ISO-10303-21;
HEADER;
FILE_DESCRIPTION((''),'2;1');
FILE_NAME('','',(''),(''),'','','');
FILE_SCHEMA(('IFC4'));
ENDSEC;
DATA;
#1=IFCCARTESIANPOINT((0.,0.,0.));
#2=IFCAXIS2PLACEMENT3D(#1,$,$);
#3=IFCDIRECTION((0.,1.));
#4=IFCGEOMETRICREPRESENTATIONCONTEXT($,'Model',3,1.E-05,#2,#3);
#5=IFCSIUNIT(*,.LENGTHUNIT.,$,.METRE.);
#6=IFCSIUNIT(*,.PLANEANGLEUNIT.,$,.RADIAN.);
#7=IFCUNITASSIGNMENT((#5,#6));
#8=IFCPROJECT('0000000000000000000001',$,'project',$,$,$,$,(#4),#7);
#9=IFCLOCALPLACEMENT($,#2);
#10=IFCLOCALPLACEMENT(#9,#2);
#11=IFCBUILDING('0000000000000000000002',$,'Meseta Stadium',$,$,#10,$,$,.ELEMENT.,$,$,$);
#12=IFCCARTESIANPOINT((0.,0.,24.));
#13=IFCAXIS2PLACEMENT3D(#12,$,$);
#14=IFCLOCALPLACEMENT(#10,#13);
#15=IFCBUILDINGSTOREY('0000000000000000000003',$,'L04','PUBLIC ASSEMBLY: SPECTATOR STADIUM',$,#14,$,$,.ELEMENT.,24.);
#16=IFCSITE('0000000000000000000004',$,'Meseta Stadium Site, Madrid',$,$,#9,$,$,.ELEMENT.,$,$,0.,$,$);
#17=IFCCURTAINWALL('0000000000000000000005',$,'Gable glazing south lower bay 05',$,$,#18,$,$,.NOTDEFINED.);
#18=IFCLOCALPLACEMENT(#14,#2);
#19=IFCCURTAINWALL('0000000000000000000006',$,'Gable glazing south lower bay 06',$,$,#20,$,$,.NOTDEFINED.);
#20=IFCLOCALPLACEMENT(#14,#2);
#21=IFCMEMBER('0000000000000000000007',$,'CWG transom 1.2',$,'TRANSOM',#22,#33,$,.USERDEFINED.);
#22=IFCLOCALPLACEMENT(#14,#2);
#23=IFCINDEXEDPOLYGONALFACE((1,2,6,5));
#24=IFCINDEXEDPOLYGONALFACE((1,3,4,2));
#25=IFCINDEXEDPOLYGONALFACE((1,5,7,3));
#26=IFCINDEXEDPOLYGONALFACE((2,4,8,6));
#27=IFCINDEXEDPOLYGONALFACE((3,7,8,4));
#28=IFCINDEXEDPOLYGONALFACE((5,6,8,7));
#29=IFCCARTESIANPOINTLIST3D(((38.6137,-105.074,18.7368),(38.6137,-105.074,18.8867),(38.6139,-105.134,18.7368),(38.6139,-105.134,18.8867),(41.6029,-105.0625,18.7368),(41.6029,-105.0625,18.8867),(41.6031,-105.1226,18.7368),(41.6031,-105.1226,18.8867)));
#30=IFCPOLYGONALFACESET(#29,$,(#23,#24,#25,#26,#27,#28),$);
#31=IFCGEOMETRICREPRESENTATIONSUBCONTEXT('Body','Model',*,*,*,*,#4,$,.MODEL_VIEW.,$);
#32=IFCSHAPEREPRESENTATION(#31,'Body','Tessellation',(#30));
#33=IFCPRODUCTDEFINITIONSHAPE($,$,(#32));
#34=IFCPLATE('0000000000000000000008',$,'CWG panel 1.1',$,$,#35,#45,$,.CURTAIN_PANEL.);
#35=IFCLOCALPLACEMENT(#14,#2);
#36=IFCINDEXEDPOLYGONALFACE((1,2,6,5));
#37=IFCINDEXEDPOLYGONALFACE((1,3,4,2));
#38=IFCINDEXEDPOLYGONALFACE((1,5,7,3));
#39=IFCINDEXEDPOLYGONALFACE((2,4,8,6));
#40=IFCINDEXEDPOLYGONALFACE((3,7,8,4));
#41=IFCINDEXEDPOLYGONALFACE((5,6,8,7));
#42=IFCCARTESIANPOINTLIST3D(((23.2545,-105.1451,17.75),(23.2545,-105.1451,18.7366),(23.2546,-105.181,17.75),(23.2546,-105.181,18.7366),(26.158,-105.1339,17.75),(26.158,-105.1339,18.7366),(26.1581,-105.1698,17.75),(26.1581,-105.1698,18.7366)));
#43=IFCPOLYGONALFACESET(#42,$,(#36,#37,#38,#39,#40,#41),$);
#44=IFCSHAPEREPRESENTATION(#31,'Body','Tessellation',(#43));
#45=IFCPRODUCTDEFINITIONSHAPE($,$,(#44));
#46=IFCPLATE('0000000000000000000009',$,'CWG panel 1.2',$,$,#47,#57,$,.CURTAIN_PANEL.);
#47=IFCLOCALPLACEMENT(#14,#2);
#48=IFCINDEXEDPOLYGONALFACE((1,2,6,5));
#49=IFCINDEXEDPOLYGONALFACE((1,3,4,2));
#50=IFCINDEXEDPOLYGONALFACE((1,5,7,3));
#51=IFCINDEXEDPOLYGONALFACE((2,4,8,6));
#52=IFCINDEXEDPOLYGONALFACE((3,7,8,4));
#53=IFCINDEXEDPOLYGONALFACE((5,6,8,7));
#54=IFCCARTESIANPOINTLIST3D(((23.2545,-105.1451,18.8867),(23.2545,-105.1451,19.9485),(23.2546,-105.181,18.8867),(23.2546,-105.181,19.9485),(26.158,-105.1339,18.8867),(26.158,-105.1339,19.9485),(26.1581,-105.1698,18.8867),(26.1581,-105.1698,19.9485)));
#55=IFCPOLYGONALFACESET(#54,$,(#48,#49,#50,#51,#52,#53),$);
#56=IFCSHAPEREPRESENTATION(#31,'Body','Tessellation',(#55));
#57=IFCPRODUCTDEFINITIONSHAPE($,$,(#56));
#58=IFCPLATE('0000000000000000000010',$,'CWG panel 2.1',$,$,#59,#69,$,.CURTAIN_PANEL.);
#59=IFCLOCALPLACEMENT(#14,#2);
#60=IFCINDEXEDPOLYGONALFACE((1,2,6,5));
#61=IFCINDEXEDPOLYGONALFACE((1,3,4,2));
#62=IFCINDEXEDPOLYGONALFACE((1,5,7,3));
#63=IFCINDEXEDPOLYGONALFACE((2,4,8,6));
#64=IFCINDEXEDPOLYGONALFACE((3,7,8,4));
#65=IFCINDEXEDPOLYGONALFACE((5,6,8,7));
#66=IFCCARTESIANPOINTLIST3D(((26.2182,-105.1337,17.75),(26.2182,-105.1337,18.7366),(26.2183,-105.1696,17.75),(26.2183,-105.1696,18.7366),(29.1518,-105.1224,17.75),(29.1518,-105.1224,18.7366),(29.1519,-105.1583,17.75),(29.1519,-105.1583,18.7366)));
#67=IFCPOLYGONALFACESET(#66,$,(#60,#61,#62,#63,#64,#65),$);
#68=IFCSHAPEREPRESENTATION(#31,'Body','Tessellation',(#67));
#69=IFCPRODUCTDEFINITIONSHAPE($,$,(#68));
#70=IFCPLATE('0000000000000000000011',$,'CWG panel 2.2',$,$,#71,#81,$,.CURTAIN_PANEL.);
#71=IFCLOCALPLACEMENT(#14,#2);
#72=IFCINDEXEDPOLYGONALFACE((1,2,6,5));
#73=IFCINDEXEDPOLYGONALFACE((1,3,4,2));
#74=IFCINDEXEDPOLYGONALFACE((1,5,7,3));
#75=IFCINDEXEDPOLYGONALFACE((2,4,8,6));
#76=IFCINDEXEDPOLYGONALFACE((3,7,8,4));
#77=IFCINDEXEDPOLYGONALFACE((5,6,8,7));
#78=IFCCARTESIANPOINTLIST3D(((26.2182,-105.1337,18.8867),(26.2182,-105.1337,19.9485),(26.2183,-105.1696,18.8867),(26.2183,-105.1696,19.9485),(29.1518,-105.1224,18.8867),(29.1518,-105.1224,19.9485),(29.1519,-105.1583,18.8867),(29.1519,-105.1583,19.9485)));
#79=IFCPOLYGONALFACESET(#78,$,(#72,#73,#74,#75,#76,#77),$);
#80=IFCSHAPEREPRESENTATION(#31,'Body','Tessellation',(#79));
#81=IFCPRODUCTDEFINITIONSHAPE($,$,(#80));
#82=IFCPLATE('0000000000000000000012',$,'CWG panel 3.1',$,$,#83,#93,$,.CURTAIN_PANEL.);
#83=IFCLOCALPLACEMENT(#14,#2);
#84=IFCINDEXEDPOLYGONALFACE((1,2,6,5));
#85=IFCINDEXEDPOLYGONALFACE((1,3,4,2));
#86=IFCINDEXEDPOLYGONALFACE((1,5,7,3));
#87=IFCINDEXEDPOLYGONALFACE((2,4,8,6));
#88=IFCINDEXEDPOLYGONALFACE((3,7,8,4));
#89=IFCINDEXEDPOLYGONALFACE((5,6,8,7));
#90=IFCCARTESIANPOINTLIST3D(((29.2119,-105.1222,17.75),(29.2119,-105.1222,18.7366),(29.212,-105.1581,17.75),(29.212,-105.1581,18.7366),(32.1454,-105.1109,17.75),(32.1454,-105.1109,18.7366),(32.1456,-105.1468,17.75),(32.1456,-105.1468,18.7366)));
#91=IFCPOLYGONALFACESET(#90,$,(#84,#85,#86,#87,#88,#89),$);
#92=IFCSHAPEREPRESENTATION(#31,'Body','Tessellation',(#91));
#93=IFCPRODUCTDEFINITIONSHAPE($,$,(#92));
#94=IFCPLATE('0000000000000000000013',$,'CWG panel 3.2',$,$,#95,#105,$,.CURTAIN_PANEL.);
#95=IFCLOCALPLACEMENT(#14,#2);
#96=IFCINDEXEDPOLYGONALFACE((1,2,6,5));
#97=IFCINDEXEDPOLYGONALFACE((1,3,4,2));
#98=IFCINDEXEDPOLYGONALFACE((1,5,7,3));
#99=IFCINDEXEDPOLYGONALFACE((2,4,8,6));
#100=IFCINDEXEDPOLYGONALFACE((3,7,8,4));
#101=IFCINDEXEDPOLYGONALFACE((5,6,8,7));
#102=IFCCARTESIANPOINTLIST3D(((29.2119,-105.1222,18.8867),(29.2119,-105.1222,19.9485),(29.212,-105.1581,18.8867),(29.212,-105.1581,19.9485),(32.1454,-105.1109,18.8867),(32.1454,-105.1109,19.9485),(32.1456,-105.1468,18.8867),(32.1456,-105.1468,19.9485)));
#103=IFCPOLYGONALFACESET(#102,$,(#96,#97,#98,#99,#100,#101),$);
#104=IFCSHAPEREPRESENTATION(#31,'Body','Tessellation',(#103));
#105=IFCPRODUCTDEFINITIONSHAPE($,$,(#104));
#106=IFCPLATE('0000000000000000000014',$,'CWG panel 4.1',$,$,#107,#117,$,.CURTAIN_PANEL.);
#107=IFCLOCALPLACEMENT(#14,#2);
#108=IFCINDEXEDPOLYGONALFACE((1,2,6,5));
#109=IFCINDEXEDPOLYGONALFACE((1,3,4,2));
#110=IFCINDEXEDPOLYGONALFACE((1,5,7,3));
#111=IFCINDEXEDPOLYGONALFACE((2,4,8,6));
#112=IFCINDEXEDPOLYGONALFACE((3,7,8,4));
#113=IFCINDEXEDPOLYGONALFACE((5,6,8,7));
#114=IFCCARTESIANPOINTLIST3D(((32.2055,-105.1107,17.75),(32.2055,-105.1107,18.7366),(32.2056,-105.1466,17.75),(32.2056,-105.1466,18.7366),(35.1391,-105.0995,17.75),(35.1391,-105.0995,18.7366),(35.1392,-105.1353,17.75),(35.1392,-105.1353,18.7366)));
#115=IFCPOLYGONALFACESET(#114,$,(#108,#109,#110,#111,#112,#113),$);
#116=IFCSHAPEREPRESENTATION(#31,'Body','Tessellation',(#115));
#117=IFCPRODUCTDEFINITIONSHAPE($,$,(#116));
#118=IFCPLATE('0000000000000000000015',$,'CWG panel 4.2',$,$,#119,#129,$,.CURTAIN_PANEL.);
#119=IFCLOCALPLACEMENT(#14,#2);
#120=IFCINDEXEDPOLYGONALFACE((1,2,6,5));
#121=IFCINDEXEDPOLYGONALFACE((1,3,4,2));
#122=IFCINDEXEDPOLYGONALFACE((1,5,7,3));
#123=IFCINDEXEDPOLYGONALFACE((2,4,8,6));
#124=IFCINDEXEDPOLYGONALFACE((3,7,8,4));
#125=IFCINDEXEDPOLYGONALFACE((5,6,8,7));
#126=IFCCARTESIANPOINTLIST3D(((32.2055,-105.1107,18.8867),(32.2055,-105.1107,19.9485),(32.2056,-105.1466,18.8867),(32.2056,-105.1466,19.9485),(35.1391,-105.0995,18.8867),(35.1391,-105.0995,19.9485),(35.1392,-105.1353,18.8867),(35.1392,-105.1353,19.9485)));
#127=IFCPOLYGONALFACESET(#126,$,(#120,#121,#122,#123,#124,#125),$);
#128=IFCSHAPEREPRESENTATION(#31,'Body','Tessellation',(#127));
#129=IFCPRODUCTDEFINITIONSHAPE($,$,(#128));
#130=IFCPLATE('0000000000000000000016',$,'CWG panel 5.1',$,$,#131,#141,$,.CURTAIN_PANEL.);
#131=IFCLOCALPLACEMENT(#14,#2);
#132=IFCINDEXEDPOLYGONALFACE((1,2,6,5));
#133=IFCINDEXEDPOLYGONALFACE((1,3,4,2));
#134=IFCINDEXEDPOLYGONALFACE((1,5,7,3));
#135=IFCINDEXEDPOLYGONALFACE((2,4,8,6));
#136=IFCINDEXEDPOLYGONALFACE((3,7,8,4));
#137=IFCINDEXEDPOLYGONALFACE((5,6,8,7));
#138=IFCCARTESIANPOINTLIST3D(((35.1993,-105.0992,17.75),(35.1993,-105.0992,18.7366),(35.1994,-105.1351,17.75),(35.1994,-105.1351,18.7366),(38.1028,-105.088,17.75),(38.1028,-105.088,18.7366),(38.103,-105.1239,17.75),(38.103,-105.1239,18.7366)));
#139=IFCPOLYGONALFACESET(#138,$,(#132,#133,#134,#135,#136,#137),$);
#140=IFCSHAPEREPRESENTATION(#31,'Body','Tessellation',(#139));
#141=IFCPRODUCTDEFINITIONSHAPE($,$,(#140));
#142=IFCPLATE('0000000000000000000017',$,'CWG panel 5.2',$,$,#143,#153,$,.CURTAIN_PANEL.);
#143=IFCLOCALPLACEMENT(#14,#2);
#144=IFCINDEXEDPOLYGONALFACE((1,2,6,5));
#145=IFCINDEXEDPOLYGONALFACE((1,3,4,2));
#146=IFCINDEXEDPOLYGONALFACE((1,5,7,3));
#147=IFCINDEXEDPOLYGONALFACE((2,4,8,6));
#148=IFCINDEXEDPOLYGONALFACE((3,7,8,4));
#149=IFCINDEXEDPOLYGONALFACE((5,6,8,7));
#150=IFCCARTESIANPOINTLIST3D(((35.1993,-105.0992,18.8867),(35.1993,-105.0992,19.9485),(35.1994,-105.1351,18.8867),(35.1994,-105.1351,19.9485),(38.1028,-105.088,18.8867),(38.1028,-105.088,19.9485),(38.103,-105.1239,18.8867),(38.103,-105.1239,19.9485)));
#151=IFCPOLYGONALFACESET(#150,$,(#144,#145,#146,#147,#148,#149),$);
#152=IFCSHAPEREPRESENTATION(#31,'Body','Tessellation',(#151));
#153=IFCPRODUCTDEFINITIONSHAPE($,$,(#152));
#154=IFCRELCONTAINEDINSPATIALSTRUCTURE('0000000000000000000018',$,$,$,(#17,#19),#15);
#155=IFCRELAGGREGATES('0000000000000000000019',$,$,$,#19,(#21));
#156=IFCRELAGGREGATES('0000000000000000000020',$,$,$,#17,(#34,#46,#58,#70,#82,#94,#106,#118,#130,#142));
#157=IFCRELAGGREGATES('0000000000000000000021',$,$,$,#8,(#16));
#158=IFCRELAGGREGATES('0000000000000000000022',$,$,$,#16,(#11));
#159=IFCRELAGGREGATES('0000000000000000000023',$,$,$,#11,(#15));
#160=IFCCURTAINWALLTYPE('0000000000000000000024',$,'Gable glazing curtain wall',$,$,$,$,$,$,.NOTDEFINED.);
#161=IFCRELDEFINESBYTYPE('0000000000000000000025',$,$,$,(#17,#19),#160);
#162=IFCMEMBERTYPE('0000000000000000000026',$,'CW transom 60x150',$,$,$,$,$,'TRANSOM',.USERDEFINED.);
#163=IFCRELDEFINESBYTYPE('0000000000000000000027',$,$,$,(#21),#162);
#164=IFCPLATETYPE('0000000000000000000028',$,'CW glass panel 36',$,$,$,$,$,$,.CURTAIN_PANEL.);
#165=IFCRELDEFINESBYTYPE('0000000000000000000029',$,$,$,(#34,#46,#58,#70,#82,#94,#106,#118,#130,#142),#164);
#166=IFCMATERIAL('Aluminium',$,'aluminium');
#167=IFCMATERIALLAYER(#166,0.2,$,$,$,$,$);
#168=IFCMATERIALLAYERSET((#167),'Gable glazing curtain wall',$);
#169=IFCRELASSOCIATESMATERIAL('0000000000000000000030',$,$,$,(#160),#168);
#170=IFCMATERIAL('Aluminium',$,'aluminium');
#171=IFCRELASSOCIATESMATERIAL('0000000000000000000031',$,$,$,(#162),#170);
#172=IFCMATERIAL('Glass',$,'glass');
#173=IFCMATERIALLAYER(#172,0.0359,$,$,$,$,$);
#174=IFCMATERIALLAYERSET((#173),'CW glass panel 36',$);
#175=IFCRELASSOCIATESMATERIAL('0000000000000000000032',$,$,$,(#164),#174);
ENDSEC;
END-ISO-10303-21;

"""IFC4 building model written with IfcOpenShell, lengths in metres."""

from ifc_helpers import new_model, si_unit, direction, frame, origin, origin_2d, place, context, subcontext, project, spatial, rectangle, extrude, material, layer, layer_set, material_profile, profile_set, type_object, element, aggregate, save


model = new_model("IFC4")

# Units and contexts
model_context = context("Model", 3, precision=1e-05, world=origin(), true_north=direction((0.0, 1.0)))
body_context = subcontext(model_context, "Body", "Model", "MODEL_VIEW")
ifc_project = project(units=[si_unit("LENGTHUNIT", "METRE"), si_unit("PLANEANGLEUNIT", "RADIAN")], contexts=[model_context])

# Site, building, storey
site_placement = place(None, origin())
site = spatial("IfcSite", under=ifc_project, at=site_placement, Name="Meseta Stadium Site, Madrid", CompositionType="ELEMENT", RefElevation=0.0)
building_placement = place(site_placement, origin())
building = spatial("IfcBuilding", under=site, at=building_placement, Name="Meseta Stadium", CompositionType="ELEMENT")
storey_placement = place(building_placement, frame((0.0, 0.0, 24.0)))
storey = spatial("IfcBuildingStorey", under=building, at=storey_placement, Name="L04", Description="PUBLIC ASSEMBLY: SPECTATOR STADIUM", CompositionType="ELEMENT", Elevation=24.0)

# Curtain walls, member
ifc_material_1 = material(Name="Aluminium", Category="aluminium")
ifc_layer_1 = layer(ifc_material_1, 0.2)
ifc_layer_set_1 = layer_set([ifc_layer_1], Name="Gable glazing curtain wall")
curtain_wall_type = type_object("IfcCurtainWallType", Name="Gable glazing curtain wall", PredefinedType="NOTDEFINED", material=ifc_layer_set_1)
curtain_wall_1_placement = place(storey_placement, origin())
curtain_wall_1 = element("IfcCurtainWall", 1, at=curtain_wall_1_placement, inside=storey, type_object=curtain_wall_type, Name="Gable glazing south lower bay 05", PredefinedType="NOTDEFINED")
ifc_material_2 = material(Name="Aluminium", Category="aluminium")
ifc_material_profile = material_profile(ifc_material_2, rectangle(XDim=0.0601, YDim=0.1499, at=origin_2d()), Name="CW 60x150")
ifc_profile_set = profile_set([ifc_material_profile], Name="Aluminium")
member_type = type_object("IfcMemberType", Name="CW transom 60x150", ElementType="TRANSOM", PredefinedType="USERDEFINED", material=ifc_profile_set)
curtain_wall_2_placement = place(storey_placement, origin())
curtain_wall_2 = element("IfcCurtainWall", 2, at=curtain_wall_2_placement, inside=storey, type_object=curtain_wall_type, Name="Gable glazing south lower bay 06", PredefinedType="NOTDEFINED")
member_1_placement = place(storey_placement, frame((38.6138, -105.104, 18.8118), z_axis=(0.999993, 0.003839, 0.0), x_axis=(-0.003839, 0.999993, 0.0)))
member_1 = element("IfcMember", 3, at=member_1_placement, type_object=member_type, Name="CWG transom 1.2", ObjectType="TRANSOM", PredefinedType="USERDEFINED", context=body_context, shape_type="SweptSolid", body=[
    extrude(rectangle(XDim=0.0601, YDim=0.1499, at=origin_2d()), origin(), (0.0, 0.0, 1.0), 2.9893),
])
aggregate(curtain_wall_2, [member_1])

# Plates
ifc_material_3 = material(Name="Glass", Category="glass")
ifc_layer_2 = layer(ifc_material_3, 0.0359)
ifc_layer_set_2 = layer_set([ifc_layer_2], Name="CW glass panel 36")
plate_type = type_object("IfcPlateType", Name="CW glass panel 36", PredefinedType="CURTAIN_PANEL", material=ifc_layer_set_2)
plate_1_placement = place(storey_placement, frame((24.7063, -105.1575, 17.75), z_axis=(0.0, 0.0, 1.0), x_axis=(0.999993, 0.003848, 0.0)))
plate_1 = element("IfcPlate", 4, at=plate_1_placement, type_object=plate_type, Name="CWG panel 1.1", PredefinedType="CURTAIN_PANEL", context=body_context, shape_type="SweptSolid", body=[
    extrude(rectangle(XDim=2.9036, YDim=0.0359, at=origin_2d()), origin(), (0.0, 0.0, 1.0), 0.9866),
])
plate_2_placement = place(storey_placement, frame((24.7063, -105.1575, 18.8867), z_axis=(0.0, 0.0, 1.0), x_axis=(0.999993, 0.003848, 0.0)))
plate_2 = element("IfcPlate", 5, at=plate_2_placement, type_object=plate_type, Name="CWG panel 1.2", PredefinedType="CURTAIN_PANEL", context=body_context, shape_type="SweptSolid", body=[
    extrude(rectangle(XDim=2.9036, YDim=0.0359, at=origin_2d()), origin(), (0.0, 0.0, 1.0), 1.0618),
])
plate_3_placement = place(storey_placement, frame((27.6851, -105.146, 17.75), z_axis=(0.0, 0.0, 1.0), x_axis=(0.999993, 0.003848, 0.0)))
plate_3 = element("IfcPlate", 6, at=plate_3_placement, type_object=plate_type, Name="CWG panel 2.1", PredefinedType="CURTAIN_PANEL", context=body_context, shape_type="SweptSolid", body=[
    extrude(rectangle(XDim=2.9336, YDim=0.0359, at=origin_2d()), origin(), (0.0, 0.0, 1.0), 0.9866),
])
plate_4_placement = place(storey_placement, frame((27.6851, -105.146, 18.8867), z_axis=(0.0, 0.0, 1.0), x_axis=(0.999993, 0.003848, 0.0)))
plate_4 = element("IfcPlate", 7, at=plate_4_placement, type_object=plate_type, Name="CWG panel 2.2", PredefinedType="CURTAIN_PANEL", context=body_context, shape_type="SweptSolid", body=[
    extrude(rectangle(XDim=2.9336, YDim=0.0359, at=origin_2d()), origin(), (0.0, 0.0, 1.0), 1.0618),
])
plate_5_placement = place(storey_placement, frame((30.6787, -105.1345, 17.75), z_axis=(0.0, 0.0, 1.0), x_axis=(0.999993, 0.003848, 0.0)))
plate_5 = element("IfcPlate", 8, at=plate_5_placement, type_object=plate_type, Name="CWG panel 3.1", PredefinedType="CURTAIN_PANEL", context=body_context, shape_type="SweptSolid", body=[
    extrude(rectangle(XDim=2.9336, YDim=0.0359, at=origin_2d()), origin(), (0.0, 0.0, 1.0), 0.9866),
])
plate_6_placement = place(storey_placement, frame((30.6787, -105.1345, 18.8867), z_axis=(0.0, 0.0, 1.0), x_axis=(0.999993, 0.003848, 0.0)))
plate_6 = element("IfcPlate", 9, at=plate_6_placement, type_object=plate_type, Name="CWG panel 3.2", PredefinedType="CURTAIN_PANEL", context=body_context, shape_type="SweptSolid", body=[
    extrude(rectangle(XDim=2.9336, YDim=0.0359, at=origin_2d()), origin(), (0.0, 0.0, 1.0), 1.0618),
])
plate_7_placement = place(storey_placement, frame((33.6724, -105.123, 17.75), z_axis=(0.0, 0.0, 1.0), x_axis=(0.999993, 0.003848, 0.0)))
plate_7 = element("IfcPlate", 10, at=plate_7_placement, type_object=plate_type, Name="CWG panel 4.1", PredefinedType="CURTAIN_PANEL", context=body_context, shape_type="SweptSolid", body=[
    extrude(rectangle(XDim=2.9336, YDim=0.0359, at=origin_2d()), origin(), (0.0, 0.0, 1.0), 0.9866),
])
plate_8_placement = place(storey_placement, frame((33.6724, -105.123, 18.8867), z_axis=(0.0, 0.0, 1.0), x_axis=(0.999993, 0.003848, 0.0)))
plate_8 = element("IfcPlate", 11, at=plate_8_placement, type_object=plate_type, Name="CWG panel 4.2", PredefinedType="CURTAIN_PANEL", context=body_context, shape_type="SweptSolid", body=[
    extrude(rectangle(XDim=2.9336, YDim=0.0359, at=origin_2d()), origin(), (0.0, 0.0, 1.0), 1.0618),
])
plate_9_placement = place(storey_placement, frame((36.6511, -105.1116, 17.75), z_axis=(0.0, 0.0, 1.0), x_axis=(0.999993, 0.003848, 0.0)))
plate_9 = element("IfcPlate", 12, at=plate_9_placement, type_object=plate_type, Name="CWG panel 5.1", PredefinedType="CURTAIN_PANEL", context=body_context, shape_type="SweptSolid", body=[
    extrude(rectangle(XDim=2.9036, YDim=0.0359, at=origin_2d()), origin(), (0.0, 0.0, 1.0), 0.9866),
])
plate_10_placement = place(storey_placement, frame((36.6511, -105.1116, 18.8867), z_axis=(0.0, 0.0, 1.0), x_axis=(0.999993, 0.003848, 0.0)))
plate_10 = element("IfcPlate", 13, at=plate_10_placement, type_object=plate_type, Name="CWG panel 5.2", PredefinedType="CURTAIN_PANEL", context=body_context, shape_type="SweptSolid", body=[
    extrude(rectangle(XDim=2.9036, YDim=0.0359, at=origin_2d()), origin(), (0.0, 0.0, 1.0), 1.0618),
])
aggregate(curtain_wall_1, [plate_1, plate_2, plate_3, plate_4, plate_5, plate_6, plate_7, plate_8, plate_9, plate_10])

save(model, "model.ifc")
